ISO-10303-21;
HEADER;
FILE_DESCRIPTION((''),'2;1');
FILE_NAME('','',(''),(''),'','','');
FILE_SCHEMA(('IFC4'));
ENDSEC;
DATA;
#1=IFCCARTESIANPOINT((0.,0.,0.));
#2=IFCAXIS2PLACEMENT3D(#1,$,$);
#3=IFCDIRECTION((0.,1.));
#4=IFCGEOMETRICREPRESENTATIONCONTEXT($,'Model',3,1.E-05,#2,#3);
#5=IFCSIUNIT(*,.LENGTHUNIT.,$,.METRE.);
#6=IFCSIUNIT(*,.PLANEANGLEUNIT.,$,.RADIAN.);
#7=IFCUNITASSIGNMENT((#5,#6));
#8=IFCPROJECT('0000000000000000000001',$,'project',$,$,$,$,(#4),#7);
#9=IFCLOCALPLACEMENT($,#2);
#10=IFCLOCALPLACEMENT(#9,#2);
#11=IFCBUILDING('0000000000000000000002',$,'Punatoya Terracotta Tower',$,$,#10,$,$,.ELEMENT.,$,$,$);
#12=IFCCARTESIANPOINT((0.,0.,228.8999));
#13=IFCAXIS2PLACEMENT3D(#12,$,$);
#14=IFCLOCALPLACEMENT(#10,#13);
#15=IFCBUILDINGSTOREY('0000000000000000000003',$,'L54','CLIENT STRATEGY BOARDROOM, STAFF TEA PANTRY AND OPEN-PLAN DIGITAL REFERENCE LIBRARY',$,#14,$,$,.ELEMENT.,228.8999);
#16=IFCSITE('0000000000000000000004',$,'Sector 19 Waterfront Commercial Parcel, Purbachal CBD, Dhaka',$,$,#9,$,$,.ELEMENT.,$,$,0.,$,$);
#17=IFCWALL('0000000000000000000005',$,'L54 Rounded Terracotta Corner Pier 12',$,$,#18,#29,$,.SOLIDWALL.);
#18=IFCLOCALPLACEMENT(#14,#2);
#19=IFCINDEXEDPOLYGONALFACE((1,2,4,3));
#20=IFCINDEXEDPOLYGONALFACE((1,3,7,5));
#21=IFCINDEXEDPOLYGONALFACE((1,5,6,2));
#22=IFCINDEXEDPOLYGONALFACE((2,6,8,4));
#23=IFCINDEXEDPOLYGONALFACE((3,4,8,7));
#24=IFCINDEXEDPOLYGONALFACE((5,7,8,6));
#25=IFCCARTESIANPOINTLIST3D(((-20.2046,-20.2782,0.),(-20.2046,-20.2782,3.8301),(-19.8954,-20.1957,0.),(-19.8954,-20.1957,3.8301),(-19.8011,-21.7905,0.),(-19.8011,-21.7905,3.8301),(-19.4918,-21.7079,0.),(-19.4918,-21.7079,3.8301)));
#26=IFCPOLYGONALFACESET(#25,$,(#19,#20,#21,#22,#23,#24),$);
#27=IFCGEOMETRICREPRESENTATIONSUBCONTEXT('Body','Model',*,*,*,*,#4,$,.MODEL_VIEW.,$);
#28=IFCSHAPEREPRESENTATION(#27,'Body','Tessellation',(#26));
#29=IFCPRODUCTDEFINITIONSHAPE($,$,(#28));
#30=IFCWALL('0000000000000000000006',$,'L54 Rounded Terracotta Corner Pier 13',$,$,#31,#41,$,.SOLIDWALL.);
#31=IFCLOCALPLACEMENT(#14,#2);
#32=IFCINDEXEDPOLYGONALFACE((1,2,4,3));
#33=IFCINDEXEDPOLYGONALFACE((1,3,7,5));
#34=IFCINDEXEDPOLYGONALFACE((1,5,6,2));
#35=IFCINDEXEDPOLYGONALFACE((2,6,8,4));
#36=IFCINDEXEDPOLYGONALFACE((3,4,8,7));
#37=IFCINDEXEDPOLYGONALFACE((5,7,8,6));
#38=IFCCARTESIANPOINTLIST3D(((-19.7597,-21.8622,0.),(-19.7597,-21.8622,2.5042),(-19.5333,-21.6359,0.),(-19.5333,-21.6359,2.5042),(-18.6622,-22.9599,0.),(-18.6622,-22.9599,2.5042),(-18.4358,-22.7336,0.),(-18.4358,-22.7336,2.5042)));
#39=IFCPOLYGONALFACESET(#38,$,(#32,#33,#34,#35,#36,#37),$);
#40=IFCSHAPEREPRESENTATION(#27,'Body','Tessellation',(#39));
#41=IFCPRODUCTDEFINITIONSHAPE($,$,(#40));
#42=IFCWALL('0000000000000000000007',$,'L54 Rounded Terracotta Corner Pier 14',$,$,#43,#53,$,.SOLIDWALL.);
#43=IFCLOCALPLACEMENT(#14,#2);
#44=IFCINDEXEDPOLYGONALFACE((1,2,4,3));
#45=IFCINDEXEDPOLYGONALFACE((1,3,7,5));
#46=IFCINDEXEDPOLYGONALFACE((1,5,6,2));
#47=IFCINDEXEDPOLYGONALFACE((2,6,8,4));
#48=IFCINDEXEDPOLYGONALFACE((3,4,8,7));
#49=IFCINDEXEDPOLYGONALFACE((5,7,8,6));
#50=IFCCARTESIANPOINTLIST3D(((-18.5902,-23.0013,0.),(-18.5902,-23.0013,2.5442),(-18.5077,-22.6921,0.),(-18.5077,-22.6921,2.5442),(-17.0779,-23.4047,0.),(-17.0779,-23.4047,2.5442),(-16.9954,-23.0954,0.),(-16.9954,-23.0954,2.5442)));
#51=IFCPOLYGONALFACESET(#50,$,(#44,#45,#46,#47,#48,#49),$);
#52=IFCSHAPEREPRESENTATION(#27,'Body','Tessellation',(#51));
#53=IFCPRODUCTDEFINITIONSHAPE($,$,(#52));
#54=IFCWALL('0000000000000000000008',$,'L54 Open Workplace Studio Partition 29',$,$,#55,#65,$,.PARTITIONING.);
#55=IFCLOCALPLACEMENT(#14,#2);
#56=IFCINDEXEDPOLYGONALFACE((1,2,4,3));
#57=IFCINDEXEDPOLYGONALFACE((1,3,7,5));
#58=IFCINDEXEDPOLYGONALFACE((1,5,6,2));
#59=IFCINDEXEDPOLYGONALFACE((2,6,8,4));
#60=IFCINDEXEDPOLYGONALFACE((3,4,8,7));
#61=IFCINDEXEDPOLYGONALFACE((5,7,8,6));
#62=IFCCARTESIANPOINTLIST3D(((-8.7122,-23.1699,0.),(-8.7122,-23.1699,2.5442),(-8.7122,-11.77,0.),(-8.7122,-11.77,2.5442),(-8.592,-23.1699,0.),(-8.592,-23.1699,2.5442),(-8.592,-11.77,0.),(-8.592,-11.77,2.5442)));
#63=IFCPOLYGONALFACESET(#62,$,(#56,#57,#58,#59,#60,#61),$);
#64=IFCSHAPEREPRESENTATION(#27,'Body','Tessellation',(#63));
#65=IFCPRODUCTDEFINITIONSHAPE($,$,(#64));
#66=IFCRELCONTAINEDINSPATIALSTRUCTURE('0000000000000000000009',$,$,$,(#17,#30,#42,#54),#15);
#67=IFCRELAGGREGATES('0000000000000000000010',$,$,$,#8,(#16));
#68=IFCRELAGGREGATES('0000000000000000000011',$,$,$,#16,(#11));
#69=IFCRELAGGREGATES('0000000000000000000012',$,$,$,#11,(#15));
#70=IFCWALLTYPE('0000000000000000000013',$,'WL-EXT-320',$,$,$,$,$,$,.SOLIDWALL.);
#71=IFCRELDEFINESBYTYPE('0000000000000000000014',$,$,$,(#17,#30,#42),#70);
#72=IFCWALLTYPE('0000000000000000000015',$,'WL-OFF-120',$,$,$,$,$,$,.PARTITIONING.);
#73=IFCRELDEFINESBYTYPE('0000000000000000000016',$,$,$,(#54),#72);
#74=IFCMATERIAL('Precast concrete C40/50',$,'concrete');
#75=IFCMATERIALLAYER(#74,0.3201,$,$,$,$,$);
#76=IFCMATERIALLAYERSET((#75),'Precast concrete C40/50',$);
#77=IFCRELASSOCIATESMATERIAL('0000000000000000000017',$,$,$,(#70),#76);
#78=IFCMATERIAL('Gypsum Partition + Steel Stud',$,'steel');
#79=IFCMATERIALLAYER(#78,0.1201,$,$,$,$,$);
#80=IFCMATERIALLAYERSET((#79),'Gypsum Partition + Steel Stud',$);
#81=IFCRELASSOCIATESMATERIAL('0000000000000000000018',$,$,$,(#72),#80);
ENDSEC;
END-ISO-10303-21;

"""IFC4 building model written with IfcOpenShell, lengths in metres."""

from ifc_helpers import new_model, si_unit, direction, frame, frame_2d, origin, place, context, subcontext, project, spatial, rectangle, extrude, material, layer, layer_set, type_object, element, save


model = new_model("IFC4")

# Units and contexts
model_context = context("Model", 3, precision=1e-05, world=origin(), true_north=direction((0.0, 1.0)))
body_context = subcontext(model_context, "Body", "Model", "MODEL_VIEW")
ifc_project = project(units=[si_unit("LENGTHUNIT", "METRE"), si_unit("PLANEANGLEUNIT", "RADIAN")], contexts=[model_context])

# Site, building, storey
site_placement = place(None, origin())
site = spatial("IfcSite", under=ifc_project, at=site_placement, Name="Sector 19 Waterfront Commercial Parcel, Purbachal CBD, Dhaka", CompositionType="ELEMENT", RefElevation=0.0)
building_placement = place(site_placement, origin())
building = spatial("IfcBuilding", under=site, at=building_placement, Name="Punatoya Terracotta Tower", CompositionType="ELEMENT")
storey_placement = place(building_placement, frame((0.0, 0.0, 228.8999)))
storey = spatial("IfcBuildingStorey", under=building, at=storey_placement, Name="L54", Description="CLIENT STRATEGY BOARDROOM, STAFF TEA PANTRY AND OPEN-PLAN DIGITAL REFERENCE LIBRARY", CompositionType="ELEMENT", Elevation=228.8999)

# Walls
ifc_material_1 = material(Name="Precast concrete C40/50", Category="concrete")
ifc_layer_1 = layer(ifc_material_1, 0.3201)
ifc_layer_set_1 = layer_set([ifc_layer_1], Name="Precast concrete C40/50")
wall_type_1 = type_object("IfcWallType", Name="WL-EXT-320", PredefinedType="SOLIDWALL", material=ifc_layer_set_1)
wall_1_placement = place(storey_placement, frame((-20.05, -20.2368, 0.0), z_axis=(0.0, 0.0, 1.0), x_axis=(0.257847, -0.966186, 0.0)))
element("IfcWall", 1, at=wall_1_placement, inside=storey, type_object=wall_type_1, Name="L54 Rounded Terracotta Corner Pier 12", PredefinedType="SOLIDWALL", context=body_context, shape_type="SweptSolid", body=[
    extrude(rectangle(XDim=1.5652, YDim=0.3201, at=frame_2d((0.7827, 0.0))), origin(), (0.0, 0.0, 1.0), 3.8301),
])
wall_2_placement = place(storey_placement, frame((-19.6465, -21.749, 0.0), z_axis=(0.0, 0.0, 1.0), x_axis=(0.707028, -0.707185, 0.0)))
element("IfcWall", 2, at=wall_2_placement, inside=storey, type_object=wall_type_1, Name="L54 Rounded Terracotta Corner Pier 13", PredefinedType="SOLIDWALL", context=body_context, shape_type="SweptSolid", body=[
    extrude(rectangle(XDim=1.5522, YDim=0.3201, at=frame_2d((0.7761, 0.0))), origin(), (0.0, 0.0, 1.0), 2.5042),
])
wall_3_placement = place(storey_placement, frame((-18.5491, -22.8467, 0.0), z_axis=(0.0, 0.0, 1.0), x_axis=(0.966225, -0.257701, 0.0)))
element("IfcWall", 3, at=wall_3_placement, inside=storey, type_object=wall_type_1, Name="L54 Rounded Terracotta Corner Pier 14", PredefinedType="SOLIDWALL", context=body_context, shape_type="SweptSolid", body=[
    extrude(rectangle(XDim=1.5652, YDim=0.3201, at=frame_2d((0.7827, 0.0))), origin(), (0.0, 0.0, 1.0), 2.5442),
])
ifc_material_2 = material(Name="Gypsum Partition + Steel Stud", Category="steel")
ifc_layer_2 = layer(ifc_material_2, 0.1201)
ifc_layer_set_2 = layer_set([ifc_layer_2], Name="Gypsum Partition + Steel Stud")
wall_type_2 = type_object("IfcWallType", Name="WL-OFF-120", PredefinedType="PARTITIONING", material=ifc_layer_set_2)
wall_4_placement = place(storey_placement, frame((-8.6521, -23.1699, 0.0), z_axis=(0.0, 0.0, 1.0), x_axis=(0.0, 1.0, 0.0)))
element("IfcWall", 4, at=wall_4_placement, inside=storey, type_object=wall_type_2, Name="L54 Open Workplace Studio Partition 29", PredefinedType="PARTITIONING", context=body_context, shape_type="SweptSolid", body=[
    extrude(rectangle(XDim=11.3999, YDim=0.1201, at=frame_2d((5.7, 0.0))), origin(), (0.0, 0.0, 1.0), 2.5442),
])

save(model, "model.ifc")
